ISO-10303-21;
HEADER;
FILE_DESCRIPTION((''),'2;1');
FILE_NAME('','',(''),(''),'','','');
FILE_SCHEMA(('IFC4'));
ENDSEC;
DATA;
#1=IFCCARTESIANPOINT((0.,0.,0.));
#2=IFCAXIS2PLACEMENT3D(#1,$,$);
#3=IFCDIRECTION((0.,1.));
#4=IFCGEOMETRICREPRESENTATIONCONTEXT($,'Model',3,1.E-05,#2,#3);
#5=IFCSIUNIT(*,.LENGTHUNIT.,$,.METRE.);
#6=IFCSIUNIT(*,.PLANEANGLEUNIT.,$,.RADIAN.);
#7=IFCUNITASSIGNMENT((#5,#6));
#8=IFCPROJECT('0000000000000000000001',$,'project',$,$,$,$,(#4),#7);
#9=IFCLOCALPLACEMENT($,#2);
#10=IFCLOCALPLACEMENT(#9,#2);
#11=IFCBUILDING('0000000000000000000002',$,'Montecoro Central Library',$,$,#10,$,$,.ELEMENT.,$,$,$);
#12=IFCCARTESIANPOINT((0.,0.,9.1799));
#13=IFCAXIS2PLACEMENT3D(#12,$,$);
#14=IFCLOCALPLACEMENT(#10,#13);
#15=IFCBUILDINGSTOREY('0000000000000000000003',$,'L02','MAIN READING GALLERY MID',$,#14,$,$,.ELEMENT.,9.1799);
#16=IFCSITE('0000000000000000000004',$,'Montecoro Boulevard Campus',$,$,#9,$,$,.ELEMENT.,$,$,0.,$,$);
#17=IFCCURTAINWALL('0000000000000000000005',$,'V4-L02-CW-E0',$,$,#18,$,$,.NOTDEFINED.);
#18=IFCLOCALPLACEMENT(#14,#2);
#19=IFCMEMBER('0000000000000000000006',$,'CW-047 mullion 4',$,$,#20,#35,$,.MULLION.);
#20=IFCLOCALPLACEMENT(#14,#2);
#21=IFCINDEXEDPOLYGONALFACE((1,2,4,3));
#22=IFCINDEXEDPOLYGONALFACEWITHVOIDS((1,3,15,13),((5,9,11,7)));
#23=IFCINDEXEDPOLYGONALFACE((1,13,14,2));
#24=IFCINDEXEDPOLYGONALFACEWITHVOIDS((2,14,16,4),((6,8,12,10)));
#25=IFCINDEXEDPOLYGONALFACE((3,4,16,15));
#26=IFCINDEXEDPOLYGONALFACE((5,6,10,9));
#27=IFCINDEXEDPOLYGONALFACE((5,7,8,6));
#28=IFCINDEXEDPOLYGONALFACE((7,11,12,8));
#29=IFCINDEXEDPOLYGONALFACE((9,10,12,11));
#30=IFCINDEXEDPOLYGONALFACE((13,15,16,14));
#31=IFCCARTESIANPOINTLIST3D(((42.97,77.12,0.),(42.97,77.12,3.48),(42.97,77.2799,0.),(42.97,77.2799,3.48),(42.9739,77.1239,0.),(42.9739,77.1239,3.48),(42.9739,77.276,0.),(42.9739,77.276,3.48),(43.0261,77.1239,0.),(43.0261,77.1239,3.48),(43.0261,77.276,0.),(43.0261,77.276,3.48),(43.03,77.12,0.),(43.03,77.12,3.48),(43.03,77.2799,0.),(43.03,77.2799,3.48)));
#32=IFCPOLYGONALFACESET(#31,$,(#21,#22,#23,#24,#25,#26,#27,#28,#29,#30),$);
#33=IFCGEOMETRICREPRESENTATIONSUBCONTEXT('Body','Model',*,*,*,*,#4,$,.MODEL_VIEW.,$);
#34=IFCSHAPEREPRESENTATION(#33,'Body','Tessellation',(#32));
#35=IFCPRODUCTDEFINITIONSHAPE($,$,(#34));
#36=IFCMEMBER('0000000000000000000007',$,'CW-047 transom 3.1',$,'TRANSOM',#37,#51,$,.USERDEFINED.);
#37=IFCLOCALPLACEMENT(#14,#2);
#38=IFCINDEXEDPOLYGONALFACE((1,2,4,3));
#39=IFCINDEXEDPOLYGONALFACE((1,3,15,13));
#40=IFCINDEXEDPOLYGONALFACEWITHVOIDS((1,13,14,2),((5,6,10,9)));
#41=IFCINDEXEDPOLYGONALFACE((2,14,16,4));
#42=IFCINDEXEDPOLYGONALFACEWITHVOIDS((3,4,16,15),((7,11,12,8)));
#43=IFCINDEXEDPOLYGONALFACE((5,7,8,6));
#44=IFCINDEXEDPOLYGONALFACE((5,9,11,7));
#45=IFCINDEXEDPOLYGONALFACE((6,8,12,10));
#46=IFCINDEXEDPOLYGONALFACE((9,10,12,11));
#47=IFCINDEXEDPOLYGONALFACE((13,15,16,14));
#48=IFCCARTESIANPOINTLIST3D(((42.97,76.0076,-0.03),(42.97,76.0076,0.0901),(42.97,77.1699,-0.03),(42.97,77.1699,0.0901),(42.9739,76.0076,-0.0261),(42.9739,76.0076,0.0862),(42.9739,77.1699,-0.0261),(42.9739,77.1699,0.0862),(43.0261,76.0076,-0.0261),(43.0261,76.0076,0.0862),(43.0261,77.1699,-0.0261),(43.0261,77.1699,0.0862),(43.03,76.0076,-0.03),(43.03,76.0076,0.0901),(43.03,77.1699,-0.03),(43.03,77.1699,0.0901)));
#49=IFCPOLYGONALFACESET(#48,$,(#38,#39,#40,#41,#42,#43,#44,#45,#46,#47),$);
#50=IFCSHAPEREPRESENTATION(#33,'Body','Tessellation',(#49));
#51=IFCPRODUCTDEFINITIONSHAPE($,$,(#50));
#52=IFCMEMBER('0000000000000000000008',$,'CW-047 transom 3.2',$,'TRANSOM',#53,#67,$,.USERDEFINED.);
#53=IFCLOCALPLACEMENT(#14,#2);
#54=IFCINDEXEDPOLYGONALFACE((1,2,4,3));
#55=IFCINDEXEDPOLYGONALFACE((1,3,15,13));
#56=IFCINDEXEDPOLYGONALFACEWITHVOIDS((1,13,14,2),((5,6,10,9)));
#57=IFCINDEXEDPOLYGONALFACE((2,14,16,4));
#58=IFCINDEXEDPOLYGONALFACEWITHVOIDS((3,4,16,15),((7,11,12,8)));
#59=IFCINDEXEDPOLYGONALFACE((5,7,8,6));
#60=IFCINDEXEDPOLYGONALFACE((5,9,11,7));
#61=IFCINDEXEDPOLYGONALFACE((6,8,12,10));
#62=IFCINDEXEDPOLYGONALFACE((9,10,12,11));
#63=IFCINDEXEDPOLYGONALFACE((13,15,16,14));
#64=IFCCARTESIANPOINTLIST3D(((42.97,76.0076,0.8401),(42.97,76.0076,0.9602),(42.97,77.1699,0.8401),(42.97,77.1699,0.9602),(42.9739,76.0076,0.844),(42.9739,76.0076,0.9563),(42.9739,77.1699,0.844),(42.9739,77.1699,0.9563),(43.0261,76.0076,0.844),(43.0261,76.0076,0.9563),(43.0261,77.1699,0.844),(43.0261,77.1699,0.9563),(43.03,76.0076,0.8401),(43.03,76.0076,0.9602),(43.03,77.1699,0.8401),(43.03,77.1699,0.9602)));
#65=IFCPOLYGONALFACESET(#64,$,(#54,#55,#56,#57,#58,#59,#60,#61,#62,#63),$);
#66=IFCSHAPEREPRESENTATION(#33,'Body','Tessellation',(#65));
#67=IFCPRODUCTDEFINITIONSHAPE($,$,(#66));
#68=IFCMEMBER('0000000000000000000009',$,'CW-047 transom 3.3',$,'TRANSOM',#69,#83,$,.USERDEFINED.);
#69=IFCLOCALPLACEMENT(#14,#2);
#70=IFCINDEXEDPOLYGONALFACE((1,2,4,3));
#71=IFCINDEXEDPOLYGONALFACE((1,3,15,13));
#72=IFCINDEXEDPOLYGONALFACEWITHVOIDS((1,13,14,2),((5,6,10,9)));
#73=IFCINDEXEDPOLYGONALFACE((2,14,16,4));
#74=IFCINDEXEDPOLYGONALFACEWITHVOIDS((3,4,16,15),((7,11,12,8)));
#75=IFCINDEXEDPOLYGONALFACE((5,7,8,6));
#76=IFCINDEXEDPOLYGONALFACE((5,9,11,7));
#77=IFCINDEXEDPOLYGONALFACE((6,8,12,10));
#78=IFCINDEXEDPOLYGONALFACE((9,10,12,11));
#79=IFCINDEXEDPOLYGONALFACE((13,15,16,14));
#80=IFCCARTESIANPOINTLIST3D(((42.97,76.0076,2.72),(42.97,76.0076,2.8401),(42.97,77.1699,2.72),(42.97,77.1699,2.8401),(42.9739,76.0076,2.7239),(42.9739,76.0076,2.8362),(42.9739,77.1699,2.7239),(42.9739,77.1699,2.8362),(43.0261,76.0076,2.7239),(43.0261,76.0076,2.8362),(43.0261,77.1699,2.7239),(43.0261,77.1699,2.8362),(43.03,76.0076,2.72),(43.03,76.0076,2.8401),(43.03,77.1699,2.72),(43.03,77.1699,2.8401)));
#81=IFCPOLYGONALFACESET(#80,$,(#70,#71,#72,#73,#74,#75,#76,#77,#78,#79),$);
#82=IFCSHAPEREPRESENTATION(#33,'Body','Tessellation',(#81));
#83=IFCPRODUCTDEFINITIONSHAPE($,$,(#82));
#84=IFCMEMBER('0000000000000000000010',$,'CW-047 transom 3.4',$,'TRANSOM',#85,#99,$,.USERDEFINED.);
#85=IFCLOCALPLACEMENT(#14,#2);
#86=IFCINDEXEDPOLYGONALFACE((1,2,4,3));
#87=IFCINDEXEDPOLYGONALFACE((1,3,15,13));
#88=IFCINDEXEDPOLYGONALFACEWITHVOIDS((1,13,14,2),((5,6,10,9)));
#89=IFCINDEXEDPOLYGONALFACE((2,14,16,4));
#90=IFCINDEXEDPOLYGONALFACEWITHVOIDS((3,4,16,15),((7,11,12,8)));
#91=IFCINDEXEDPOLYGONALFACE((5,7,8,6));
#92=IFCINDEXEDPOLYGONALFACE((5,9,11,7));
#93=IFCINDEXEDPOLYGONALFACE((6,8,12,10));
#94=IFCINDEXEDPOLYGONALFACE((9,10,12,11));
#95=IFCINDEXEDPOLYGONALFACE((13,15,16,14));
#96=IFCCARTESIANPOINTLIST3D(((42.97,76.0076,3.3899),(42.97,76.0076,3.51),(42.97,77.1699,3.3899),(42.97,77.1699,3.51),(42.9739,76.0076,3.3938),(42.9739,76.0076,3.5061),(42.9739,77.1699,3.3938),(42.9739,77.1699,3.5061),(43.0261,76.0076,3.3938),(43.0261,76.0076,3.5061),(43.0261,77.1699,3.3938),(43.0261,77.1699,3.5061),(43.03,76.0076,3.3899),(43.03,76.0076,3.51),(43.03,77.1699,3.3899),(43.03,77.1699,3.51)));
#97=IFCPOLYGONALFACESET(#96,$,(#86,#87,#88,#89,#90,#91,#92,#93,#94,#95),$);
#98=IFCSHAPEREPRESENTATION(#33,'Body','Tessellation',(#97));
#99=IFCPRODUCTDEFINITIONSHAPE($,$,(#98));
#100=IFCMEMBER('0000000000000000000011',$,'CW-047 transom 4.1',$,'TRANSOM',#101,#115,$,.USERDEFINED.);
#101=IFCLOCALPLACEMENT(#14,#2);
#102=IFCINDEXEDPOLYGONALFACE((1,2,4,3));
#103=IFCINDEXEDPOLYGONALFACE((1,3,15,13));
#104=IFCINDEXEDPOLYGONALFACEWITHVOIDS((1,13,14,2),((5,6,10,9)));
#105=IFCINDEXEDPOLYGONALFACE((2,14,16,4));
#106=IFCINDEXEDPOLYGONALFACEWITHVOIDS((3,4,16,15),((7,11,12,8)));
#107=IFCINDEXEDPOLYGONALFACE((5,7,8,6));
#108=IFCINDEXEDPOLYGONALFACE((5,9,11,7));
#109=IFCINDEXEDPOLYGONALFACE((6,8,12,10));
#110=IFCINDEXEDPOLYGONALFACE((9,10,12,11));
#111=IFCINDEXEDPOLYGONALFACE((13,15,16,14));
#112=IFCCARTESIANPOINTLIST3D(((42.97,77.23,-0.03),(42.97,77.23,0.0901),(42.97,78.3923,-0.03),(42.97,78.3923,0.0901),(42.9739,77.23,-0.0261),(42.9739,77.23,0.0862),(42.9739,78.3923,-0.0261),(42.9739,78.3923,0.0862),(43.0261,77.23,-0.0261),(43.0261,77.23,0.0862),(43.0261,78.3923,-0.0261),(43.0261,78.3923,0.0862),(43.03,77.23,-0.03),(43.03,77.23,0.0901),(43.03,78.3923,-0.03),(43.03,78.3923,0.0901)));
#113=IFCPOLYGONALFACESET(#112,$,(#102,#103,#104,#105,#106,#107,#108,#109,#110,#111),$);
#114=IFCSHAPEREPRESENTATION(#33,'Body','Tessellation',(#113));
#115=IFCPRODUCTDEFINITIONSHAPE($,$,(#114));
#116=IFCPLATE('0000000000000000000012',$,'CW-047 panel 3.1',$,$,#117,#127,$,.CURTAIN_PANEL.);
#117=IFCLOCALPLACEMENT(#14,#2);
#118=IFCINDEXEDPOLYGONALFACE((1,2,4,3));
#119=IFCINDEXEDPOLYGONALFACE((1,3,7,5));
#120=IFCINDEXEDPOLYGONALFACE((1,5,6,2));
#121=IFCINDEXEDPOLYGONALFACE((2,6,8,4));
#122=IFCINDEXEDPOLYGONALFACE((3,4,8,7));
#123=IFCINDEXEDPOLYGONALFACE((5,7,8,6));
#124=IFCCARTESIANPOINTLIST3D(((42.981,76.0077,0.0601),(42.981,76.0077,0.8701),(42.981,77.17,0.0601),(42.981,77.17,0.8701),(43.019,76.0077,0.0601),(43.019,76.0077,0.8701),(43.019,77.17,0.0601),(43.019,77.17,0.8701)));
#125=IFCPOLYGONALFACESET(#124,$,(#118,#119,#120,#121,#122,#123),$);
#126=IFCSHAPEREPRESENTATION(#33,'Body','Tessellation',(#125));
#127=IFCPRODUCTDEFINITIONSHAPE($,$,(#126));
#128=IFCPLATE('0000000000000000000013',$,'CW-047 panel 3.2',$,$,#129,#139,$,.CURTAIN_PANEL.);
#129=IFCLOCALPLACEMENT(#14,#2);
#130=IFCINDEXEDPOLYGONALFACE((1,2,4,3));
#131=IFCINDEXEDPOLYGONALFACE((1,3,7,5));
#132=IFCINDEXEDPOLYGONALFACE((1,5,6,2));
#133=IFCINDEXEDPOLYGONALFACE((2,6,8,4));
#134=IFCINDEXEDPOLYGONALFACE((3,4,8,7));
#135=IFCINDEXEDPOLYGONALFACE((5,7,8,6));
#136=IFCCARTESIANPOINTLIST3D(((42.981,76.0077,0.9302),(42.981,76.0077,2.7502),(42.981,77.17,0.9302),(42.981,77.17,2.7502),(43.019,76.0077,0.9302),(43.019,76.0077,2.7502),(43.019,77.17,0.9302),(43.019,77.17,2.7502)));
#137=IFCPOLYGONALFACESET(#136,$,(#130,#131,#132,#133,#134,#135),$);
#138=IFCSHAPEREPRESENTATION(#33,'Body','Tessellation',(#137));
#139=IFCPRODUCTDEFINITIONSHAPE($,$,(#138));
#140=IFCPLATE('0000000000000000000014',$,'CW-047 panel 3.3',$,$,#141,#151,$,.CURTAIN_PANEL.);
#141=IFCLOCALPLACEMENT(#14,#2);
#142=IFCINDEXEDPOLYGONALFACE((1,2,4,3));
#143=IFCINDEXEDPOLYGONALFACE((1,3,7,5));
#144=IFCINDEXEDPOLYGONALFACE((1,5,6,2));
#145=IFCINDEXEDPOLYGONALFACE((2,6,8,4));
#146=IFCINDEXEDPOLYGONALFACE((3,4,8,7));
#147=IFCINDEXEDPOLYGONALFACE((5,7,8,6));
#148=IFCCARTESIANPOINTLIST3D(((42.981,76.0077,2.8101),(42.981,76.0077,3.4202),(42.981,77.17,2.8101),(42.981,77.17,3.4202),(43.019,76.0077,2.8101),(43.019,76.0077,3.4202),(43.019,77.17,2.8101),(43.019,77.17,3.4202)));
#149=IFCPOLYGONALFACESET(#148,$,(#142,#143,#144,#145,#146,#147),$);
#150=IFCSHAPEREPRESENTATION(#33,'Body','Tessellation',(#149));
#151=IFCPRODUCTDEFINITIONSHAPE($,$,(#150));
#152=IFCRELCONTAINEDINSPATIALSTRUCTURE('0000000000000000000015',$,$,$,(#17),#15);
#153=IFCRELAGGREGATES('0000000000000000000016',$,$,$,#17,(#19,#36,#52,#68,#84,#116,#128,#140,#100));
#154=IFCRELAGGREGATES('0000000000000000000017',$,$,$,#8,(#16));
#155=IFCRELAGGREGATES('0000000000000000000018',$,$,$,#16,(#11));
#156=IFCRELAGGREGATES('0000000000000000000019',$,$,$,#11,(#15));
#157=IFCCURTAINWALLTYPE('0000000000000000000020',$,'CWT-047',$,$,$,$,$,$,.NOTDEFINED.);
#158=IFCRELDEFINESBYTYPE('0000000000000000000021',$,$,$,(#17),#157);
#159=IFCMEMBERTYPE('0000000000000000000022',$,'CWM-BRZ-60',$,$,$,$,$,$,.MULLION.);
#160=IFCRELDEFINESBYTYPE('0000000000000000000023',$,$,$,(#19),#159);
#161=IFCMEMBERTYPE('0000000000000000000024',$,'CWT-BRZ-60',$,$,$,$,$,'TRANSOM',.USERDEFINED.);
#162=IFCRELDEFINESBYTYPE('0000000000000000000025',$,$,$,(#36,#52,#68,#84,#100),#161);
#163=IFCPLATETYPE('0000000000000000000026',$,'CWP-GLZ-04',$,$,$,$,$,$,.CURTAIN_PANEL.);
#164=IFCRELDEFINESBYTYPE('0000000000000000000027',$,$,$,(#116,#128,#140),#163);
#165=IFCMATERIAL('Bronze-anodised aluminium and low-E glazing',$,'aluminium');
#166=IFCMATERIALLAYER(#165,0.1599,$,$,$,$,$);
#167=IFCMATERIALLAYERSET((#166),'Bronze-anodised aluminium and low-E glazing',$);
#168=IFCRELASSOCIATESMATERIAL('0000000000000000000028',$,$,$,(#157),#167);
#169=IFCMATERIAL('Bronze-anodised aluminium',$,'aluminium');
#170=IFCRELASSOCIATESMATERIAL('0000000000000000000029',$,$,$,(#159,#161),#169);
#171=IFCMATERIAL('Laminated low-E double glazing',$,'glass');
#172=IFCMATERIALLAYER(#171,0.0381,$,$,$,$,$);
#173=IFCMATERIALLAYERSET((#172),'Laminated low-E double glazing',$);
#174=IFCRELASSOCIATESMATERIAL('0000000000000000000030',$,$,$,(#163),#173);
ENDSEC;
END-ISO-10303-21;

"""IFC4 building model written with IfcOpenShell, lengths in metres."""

from ifc_helpers import new_model, si_unit, direction, frame, origin, origin_2d, place, context, subcontext, project, spatial, rectangle, hollow_rectangle, extrude, material, layer, layer_set, material_profile, profile_set, type_object, element, aggregate, save


model = new_model("IFC4")

# Units and contexts
model_context = context("Model", 3, precision=1e-05, world=origin(), true_north=direction((0.0, 1.0)))
body_context = subcontext(model_context, "Body", "Model", "MODEL_VIEW")
ifc_project = project(units=[si_unit("LENGTHUNIT", "METRE"), si_unit("PLANEANGLEUNIT", "RADIAN")], contexts=[model_context])

# Site, building, storey
site_placement = place(None, origin())
site = spatial("IfcSite", under=ifc_project, at=site_placement, Name="Montecoro Boulevard Campus", CompositionType="ELEMENT", RefElevation=0.0)
building_placement = place(site_placement, origin())
building = spatial("IfcBuilding", under=site, at=building_placement, Name="Montecoro Central Library", CompositionType="ELEMENT")
storey_placement = place(building_placement, frame((0.0, 0.0, 9.1799)))
storey = spatial("IfcBuildingStorey", under=building, at=storey_placement, Name="L02", Description="MAIN READING GALLERY MID", CompositionType="ELEMENT", Elevation=9.1799)

# Curtain wall, members, plates
ifc_material_1 = material(Name="Bronze-anodised aluminium and low-E glazing", Category="aluminium")
ifc_layer_1 = layer(ifc_material_1, 0.1599)
ifc_layer_set_1 = layer_set([ifc_layer_1], Name="Bronze-anodised aluminium and low-E glazing")
curtain_wall_type = type_object("IfcCurtainWallType", Name="CWT-047", PredefinedType="NOTDEFINED", material=ifc_layer_set_1)
curtain_wall_placement = place(storey_placement, origin())
curtain_wall = element("IfcCurtainWall", 1, at=curtain_wall_placement, inside=storey, type_object=curtain_wall_type, Name="V4-L02-CW-E0", PredefinedType="NOTDEFINED")
ifc_material_2 = material(Name="Bronze-anodised aluminium", Category="aluminium")
ifc_material_profile_1 = material_profile(ifc_material_2, hollow_rectangle(XDim=0.0601, YDim=0.1599, WallThickness=0.0039, at=origin_2d()), Name="CWM 160x60x4.0")
ifc_profile_set_1 = profile_set([ifc_material_profile_1], Name="Bronze-anodised aluminium")
member_type_1 = type_object("IfcMemberType", Name="CWM-BRZ-60", PredefinedType="MULLION", material=ifc_profile_set_1)
member_1_placement = place(storey_placement, frame((43.0, 77.2, 0.0), z_axis=(0.0, 0.0, 1.0), x_axis=(-1.0, 0.0, 0.0)))
member_1 = element("IfcMember", 2, at=member_1_placement, type_object=member_type_1, Name="CW-047 mullion 4", PredefinedType="MULLION", context=body_context, shape_type="SweptSolid", body=[
    extrude(hollow_rectangle(XDim=0.0601, YDim=0.1599, WallThickness=0.0039, at=origin_2d()), origin(), (0.0, 0.0, 1.0), 3.48),
])
ifc_material_profile_2 = material_profile(ifc_material_2, hollow_rectangle(XDim=0.0601, YDim=0.1201, WallThickness=0.0039, at=origin_2d()), Name="CWT 120x60x4.0")
ifc_profile_set_2 = profile_set([ifc_material_profile_2], Name="Bronze-anodised aluminium")
member_type_2 = type_object("IfcMemberType", Name="CWT-BRZ-60", ElementType="TRANSOM", PredefinedType="USERDEFINED", material=ifc_profile_set_2)
member_2_placement = place(storey_placement, frame((43.0, 76.0076, 0.03), z_axis=(0.0, 1.0, 0.0), x_axis=(-1.0, 0.0, 0.0)))
member_2 = element("IfcMember", 3, at=member_2_placement, type_object=member_type_2, Name="CW-047 transom 3.1", ObjectType="TRANSOM", PredefinedType="USERDEFINED", context=body_context, shape_type="SweptSolid", body=[
    extrude(hollow_rectangle(XDim=0.0601, YDim=0.1201, WallThickness=0.0039, at=origin_2d()), origin(), (0.0, 0.0, 1.0), 1.1624),
])
member_3_placement = place(storey_placement, frame((43.0, 76.0076, 0.9001), z_axis=(0.0, 1.0, 0.0), x_axis=(-1.0, 0.0, 0.0)))
member_3 = element("IfcMember", 4, at=member_3_placement, type_object=member_type_2, Name="CW-047 transom 3.2", ObjectType="TRANSOM", PredefinedType="USERDEFINED", context=body_context, shape_type="SweptSolid", body=[
    extrude(hollow_rectangle(XDim=0.0601, YDim=0.1201, WallThickness=0.0039, at=origin_2d()), origin(), (0.0, 0.0, 1.0), 1.1624),
])
member_4_placement = place(storey_placement, frame((43.0, 76.0076, 2.78), z_axis=(0.0, 1.0, 0.0), x_axis=(-1.0, 0.0, 0.0)))
member_4 = element("IfcMember", 5, at=member_4_placement, type_object=member_type_2, Name="CW-047 transom 3.3", ObjectType="TRANSOM", PredefinedType="USERDEFINED", context=body_context, shape_type="SweptSolid", body=[
    extrude(hollow_rectangle(XDim=0.0601, YDim=0.1201, WallThickness=0.0039, at=origin_2d()), origin(), (0.0, 0.0, 1.0), 1.1624),
])
member_5_placement = place(storey_placement, frame((43.0, 76.0076, 3.45), z_axis=(0.0, 1.0, 0.0), x_axis=(-1.0, 0.0, 0.0)))
member_5 = element("IfcMember", 6, at=member_5_placement, type_object=member_type_2, Name="CW-047 transom 3.4", ObjectType="TRANSOM", PredefinedType="USERDEFINED", context=body_context, shape_type="SweptSolid", body=[
    extrude(hollow_rectangle(XDim=0.0601, YDim=0.1201, WallThickness=0.0039, at=origin_2d()), origin(), (0.0, 0.0, 1.0), 1.1624),
])
member_6_placement = place(storey_placement, frame((43.0, 77.23, 0.03), z_axis=(0.0, 1.0, 0.0), x_axis=(-1.0, 0.0, 0.0)))
member_6 = element("IfcMember", 7, at=member_6_placement, type_object=member_type_2, Name="CW-047 transom 4.1", ObjectType="TRANSOM", PredefinedType="USERDEFINED", context=body_context, shape_type="SweptSolid", body=[
    extrude(hollow_rectangle(XDim=0.0601, YDim=0.1201, WallThickness=0.0039, at=origin_2d()), origin(), (0.0, 0.0, 1.0), 1.1624),
])
ifc_material_3 = material(Name="Laminated low-E double glazing", Category="glass")
ifc_layer_2 = layer(ifc_material_3, 0.0381)
ifc_layer_set_2 = layer_set([ifc_layer_2], Name="Laminated low-E double glazing")
plate_type = type_object("IfcPlateType", Name="CWP-GLZ-04", PredefinedType="CURTAIN_PANEL", material=ifc_layer_set_2)
plate_1_placement = place(storey_placement, frame((43.0, 76.5889, 0.0601), z_axis=(0.0, 0.0, 1.0), x_axis=(0.0, 1.0, 0.0)))
plate_1 = element("IfcPlate", 8, at=plate_1_placement, type_object=plate_type, Name="CW-047 panel 3.1", PredefinedType="CURTAIN_PANEL", context=body_context, shape_type="SweptSolid", body=[
    extrude(rectangle(XDim=1.1624, YDim=0.0381, at=origin_2d()), origin(), (0.0, 0.0, 1.0), 0.8101),
])
plate_2_placement = place(storey_placement, frame((43.0, 76.5889, 0.9302), z_axis=(0.0, 0.0, 1.0), x_axis=(0.0, 1.0, 0.0)))
plate_2 = element("IfcPlate", 9, at=plate_2_placement, type_object=plate_type, Name="CW-047 panel 3.2", PredefinedType="CURTAIN_PANEL", context=body_context, shape_type="SweptSolid", body=[
    extrude(rectangle(XDim=1.1624, YDim=0.0381, at=origin_2d()), origin(), (0.0, 0.0, 1.0), 1.8201),
])
plate_3_placement = place(storey_placement, frame((43.0, 76.5889, 2.8101), z_axis=(0.0, 0.0, 1.0), x_axis=(0.0, 1.0, 0.0)))
plate_3 = element("IfcPlate", 10, at=plate_3_placement, type_object=plate_type, Name="CW-047 panel 3.3", PredefinedType="CURTAIN_PANEL", context=body_context, shape_type="SweptSolid", body=[
    extrude(rectangle(XDim=1.1624, YDim=0.0381, at=origin_2d()), origin(), (0.0, 0.0, 1.0), 0.6101),
])
aggregate(curtain_wall, [member_1, member_2, member_3, member_4, member_5, plate_1, plate_2, plate_3, member_6])

save(model, "model.ifc")
